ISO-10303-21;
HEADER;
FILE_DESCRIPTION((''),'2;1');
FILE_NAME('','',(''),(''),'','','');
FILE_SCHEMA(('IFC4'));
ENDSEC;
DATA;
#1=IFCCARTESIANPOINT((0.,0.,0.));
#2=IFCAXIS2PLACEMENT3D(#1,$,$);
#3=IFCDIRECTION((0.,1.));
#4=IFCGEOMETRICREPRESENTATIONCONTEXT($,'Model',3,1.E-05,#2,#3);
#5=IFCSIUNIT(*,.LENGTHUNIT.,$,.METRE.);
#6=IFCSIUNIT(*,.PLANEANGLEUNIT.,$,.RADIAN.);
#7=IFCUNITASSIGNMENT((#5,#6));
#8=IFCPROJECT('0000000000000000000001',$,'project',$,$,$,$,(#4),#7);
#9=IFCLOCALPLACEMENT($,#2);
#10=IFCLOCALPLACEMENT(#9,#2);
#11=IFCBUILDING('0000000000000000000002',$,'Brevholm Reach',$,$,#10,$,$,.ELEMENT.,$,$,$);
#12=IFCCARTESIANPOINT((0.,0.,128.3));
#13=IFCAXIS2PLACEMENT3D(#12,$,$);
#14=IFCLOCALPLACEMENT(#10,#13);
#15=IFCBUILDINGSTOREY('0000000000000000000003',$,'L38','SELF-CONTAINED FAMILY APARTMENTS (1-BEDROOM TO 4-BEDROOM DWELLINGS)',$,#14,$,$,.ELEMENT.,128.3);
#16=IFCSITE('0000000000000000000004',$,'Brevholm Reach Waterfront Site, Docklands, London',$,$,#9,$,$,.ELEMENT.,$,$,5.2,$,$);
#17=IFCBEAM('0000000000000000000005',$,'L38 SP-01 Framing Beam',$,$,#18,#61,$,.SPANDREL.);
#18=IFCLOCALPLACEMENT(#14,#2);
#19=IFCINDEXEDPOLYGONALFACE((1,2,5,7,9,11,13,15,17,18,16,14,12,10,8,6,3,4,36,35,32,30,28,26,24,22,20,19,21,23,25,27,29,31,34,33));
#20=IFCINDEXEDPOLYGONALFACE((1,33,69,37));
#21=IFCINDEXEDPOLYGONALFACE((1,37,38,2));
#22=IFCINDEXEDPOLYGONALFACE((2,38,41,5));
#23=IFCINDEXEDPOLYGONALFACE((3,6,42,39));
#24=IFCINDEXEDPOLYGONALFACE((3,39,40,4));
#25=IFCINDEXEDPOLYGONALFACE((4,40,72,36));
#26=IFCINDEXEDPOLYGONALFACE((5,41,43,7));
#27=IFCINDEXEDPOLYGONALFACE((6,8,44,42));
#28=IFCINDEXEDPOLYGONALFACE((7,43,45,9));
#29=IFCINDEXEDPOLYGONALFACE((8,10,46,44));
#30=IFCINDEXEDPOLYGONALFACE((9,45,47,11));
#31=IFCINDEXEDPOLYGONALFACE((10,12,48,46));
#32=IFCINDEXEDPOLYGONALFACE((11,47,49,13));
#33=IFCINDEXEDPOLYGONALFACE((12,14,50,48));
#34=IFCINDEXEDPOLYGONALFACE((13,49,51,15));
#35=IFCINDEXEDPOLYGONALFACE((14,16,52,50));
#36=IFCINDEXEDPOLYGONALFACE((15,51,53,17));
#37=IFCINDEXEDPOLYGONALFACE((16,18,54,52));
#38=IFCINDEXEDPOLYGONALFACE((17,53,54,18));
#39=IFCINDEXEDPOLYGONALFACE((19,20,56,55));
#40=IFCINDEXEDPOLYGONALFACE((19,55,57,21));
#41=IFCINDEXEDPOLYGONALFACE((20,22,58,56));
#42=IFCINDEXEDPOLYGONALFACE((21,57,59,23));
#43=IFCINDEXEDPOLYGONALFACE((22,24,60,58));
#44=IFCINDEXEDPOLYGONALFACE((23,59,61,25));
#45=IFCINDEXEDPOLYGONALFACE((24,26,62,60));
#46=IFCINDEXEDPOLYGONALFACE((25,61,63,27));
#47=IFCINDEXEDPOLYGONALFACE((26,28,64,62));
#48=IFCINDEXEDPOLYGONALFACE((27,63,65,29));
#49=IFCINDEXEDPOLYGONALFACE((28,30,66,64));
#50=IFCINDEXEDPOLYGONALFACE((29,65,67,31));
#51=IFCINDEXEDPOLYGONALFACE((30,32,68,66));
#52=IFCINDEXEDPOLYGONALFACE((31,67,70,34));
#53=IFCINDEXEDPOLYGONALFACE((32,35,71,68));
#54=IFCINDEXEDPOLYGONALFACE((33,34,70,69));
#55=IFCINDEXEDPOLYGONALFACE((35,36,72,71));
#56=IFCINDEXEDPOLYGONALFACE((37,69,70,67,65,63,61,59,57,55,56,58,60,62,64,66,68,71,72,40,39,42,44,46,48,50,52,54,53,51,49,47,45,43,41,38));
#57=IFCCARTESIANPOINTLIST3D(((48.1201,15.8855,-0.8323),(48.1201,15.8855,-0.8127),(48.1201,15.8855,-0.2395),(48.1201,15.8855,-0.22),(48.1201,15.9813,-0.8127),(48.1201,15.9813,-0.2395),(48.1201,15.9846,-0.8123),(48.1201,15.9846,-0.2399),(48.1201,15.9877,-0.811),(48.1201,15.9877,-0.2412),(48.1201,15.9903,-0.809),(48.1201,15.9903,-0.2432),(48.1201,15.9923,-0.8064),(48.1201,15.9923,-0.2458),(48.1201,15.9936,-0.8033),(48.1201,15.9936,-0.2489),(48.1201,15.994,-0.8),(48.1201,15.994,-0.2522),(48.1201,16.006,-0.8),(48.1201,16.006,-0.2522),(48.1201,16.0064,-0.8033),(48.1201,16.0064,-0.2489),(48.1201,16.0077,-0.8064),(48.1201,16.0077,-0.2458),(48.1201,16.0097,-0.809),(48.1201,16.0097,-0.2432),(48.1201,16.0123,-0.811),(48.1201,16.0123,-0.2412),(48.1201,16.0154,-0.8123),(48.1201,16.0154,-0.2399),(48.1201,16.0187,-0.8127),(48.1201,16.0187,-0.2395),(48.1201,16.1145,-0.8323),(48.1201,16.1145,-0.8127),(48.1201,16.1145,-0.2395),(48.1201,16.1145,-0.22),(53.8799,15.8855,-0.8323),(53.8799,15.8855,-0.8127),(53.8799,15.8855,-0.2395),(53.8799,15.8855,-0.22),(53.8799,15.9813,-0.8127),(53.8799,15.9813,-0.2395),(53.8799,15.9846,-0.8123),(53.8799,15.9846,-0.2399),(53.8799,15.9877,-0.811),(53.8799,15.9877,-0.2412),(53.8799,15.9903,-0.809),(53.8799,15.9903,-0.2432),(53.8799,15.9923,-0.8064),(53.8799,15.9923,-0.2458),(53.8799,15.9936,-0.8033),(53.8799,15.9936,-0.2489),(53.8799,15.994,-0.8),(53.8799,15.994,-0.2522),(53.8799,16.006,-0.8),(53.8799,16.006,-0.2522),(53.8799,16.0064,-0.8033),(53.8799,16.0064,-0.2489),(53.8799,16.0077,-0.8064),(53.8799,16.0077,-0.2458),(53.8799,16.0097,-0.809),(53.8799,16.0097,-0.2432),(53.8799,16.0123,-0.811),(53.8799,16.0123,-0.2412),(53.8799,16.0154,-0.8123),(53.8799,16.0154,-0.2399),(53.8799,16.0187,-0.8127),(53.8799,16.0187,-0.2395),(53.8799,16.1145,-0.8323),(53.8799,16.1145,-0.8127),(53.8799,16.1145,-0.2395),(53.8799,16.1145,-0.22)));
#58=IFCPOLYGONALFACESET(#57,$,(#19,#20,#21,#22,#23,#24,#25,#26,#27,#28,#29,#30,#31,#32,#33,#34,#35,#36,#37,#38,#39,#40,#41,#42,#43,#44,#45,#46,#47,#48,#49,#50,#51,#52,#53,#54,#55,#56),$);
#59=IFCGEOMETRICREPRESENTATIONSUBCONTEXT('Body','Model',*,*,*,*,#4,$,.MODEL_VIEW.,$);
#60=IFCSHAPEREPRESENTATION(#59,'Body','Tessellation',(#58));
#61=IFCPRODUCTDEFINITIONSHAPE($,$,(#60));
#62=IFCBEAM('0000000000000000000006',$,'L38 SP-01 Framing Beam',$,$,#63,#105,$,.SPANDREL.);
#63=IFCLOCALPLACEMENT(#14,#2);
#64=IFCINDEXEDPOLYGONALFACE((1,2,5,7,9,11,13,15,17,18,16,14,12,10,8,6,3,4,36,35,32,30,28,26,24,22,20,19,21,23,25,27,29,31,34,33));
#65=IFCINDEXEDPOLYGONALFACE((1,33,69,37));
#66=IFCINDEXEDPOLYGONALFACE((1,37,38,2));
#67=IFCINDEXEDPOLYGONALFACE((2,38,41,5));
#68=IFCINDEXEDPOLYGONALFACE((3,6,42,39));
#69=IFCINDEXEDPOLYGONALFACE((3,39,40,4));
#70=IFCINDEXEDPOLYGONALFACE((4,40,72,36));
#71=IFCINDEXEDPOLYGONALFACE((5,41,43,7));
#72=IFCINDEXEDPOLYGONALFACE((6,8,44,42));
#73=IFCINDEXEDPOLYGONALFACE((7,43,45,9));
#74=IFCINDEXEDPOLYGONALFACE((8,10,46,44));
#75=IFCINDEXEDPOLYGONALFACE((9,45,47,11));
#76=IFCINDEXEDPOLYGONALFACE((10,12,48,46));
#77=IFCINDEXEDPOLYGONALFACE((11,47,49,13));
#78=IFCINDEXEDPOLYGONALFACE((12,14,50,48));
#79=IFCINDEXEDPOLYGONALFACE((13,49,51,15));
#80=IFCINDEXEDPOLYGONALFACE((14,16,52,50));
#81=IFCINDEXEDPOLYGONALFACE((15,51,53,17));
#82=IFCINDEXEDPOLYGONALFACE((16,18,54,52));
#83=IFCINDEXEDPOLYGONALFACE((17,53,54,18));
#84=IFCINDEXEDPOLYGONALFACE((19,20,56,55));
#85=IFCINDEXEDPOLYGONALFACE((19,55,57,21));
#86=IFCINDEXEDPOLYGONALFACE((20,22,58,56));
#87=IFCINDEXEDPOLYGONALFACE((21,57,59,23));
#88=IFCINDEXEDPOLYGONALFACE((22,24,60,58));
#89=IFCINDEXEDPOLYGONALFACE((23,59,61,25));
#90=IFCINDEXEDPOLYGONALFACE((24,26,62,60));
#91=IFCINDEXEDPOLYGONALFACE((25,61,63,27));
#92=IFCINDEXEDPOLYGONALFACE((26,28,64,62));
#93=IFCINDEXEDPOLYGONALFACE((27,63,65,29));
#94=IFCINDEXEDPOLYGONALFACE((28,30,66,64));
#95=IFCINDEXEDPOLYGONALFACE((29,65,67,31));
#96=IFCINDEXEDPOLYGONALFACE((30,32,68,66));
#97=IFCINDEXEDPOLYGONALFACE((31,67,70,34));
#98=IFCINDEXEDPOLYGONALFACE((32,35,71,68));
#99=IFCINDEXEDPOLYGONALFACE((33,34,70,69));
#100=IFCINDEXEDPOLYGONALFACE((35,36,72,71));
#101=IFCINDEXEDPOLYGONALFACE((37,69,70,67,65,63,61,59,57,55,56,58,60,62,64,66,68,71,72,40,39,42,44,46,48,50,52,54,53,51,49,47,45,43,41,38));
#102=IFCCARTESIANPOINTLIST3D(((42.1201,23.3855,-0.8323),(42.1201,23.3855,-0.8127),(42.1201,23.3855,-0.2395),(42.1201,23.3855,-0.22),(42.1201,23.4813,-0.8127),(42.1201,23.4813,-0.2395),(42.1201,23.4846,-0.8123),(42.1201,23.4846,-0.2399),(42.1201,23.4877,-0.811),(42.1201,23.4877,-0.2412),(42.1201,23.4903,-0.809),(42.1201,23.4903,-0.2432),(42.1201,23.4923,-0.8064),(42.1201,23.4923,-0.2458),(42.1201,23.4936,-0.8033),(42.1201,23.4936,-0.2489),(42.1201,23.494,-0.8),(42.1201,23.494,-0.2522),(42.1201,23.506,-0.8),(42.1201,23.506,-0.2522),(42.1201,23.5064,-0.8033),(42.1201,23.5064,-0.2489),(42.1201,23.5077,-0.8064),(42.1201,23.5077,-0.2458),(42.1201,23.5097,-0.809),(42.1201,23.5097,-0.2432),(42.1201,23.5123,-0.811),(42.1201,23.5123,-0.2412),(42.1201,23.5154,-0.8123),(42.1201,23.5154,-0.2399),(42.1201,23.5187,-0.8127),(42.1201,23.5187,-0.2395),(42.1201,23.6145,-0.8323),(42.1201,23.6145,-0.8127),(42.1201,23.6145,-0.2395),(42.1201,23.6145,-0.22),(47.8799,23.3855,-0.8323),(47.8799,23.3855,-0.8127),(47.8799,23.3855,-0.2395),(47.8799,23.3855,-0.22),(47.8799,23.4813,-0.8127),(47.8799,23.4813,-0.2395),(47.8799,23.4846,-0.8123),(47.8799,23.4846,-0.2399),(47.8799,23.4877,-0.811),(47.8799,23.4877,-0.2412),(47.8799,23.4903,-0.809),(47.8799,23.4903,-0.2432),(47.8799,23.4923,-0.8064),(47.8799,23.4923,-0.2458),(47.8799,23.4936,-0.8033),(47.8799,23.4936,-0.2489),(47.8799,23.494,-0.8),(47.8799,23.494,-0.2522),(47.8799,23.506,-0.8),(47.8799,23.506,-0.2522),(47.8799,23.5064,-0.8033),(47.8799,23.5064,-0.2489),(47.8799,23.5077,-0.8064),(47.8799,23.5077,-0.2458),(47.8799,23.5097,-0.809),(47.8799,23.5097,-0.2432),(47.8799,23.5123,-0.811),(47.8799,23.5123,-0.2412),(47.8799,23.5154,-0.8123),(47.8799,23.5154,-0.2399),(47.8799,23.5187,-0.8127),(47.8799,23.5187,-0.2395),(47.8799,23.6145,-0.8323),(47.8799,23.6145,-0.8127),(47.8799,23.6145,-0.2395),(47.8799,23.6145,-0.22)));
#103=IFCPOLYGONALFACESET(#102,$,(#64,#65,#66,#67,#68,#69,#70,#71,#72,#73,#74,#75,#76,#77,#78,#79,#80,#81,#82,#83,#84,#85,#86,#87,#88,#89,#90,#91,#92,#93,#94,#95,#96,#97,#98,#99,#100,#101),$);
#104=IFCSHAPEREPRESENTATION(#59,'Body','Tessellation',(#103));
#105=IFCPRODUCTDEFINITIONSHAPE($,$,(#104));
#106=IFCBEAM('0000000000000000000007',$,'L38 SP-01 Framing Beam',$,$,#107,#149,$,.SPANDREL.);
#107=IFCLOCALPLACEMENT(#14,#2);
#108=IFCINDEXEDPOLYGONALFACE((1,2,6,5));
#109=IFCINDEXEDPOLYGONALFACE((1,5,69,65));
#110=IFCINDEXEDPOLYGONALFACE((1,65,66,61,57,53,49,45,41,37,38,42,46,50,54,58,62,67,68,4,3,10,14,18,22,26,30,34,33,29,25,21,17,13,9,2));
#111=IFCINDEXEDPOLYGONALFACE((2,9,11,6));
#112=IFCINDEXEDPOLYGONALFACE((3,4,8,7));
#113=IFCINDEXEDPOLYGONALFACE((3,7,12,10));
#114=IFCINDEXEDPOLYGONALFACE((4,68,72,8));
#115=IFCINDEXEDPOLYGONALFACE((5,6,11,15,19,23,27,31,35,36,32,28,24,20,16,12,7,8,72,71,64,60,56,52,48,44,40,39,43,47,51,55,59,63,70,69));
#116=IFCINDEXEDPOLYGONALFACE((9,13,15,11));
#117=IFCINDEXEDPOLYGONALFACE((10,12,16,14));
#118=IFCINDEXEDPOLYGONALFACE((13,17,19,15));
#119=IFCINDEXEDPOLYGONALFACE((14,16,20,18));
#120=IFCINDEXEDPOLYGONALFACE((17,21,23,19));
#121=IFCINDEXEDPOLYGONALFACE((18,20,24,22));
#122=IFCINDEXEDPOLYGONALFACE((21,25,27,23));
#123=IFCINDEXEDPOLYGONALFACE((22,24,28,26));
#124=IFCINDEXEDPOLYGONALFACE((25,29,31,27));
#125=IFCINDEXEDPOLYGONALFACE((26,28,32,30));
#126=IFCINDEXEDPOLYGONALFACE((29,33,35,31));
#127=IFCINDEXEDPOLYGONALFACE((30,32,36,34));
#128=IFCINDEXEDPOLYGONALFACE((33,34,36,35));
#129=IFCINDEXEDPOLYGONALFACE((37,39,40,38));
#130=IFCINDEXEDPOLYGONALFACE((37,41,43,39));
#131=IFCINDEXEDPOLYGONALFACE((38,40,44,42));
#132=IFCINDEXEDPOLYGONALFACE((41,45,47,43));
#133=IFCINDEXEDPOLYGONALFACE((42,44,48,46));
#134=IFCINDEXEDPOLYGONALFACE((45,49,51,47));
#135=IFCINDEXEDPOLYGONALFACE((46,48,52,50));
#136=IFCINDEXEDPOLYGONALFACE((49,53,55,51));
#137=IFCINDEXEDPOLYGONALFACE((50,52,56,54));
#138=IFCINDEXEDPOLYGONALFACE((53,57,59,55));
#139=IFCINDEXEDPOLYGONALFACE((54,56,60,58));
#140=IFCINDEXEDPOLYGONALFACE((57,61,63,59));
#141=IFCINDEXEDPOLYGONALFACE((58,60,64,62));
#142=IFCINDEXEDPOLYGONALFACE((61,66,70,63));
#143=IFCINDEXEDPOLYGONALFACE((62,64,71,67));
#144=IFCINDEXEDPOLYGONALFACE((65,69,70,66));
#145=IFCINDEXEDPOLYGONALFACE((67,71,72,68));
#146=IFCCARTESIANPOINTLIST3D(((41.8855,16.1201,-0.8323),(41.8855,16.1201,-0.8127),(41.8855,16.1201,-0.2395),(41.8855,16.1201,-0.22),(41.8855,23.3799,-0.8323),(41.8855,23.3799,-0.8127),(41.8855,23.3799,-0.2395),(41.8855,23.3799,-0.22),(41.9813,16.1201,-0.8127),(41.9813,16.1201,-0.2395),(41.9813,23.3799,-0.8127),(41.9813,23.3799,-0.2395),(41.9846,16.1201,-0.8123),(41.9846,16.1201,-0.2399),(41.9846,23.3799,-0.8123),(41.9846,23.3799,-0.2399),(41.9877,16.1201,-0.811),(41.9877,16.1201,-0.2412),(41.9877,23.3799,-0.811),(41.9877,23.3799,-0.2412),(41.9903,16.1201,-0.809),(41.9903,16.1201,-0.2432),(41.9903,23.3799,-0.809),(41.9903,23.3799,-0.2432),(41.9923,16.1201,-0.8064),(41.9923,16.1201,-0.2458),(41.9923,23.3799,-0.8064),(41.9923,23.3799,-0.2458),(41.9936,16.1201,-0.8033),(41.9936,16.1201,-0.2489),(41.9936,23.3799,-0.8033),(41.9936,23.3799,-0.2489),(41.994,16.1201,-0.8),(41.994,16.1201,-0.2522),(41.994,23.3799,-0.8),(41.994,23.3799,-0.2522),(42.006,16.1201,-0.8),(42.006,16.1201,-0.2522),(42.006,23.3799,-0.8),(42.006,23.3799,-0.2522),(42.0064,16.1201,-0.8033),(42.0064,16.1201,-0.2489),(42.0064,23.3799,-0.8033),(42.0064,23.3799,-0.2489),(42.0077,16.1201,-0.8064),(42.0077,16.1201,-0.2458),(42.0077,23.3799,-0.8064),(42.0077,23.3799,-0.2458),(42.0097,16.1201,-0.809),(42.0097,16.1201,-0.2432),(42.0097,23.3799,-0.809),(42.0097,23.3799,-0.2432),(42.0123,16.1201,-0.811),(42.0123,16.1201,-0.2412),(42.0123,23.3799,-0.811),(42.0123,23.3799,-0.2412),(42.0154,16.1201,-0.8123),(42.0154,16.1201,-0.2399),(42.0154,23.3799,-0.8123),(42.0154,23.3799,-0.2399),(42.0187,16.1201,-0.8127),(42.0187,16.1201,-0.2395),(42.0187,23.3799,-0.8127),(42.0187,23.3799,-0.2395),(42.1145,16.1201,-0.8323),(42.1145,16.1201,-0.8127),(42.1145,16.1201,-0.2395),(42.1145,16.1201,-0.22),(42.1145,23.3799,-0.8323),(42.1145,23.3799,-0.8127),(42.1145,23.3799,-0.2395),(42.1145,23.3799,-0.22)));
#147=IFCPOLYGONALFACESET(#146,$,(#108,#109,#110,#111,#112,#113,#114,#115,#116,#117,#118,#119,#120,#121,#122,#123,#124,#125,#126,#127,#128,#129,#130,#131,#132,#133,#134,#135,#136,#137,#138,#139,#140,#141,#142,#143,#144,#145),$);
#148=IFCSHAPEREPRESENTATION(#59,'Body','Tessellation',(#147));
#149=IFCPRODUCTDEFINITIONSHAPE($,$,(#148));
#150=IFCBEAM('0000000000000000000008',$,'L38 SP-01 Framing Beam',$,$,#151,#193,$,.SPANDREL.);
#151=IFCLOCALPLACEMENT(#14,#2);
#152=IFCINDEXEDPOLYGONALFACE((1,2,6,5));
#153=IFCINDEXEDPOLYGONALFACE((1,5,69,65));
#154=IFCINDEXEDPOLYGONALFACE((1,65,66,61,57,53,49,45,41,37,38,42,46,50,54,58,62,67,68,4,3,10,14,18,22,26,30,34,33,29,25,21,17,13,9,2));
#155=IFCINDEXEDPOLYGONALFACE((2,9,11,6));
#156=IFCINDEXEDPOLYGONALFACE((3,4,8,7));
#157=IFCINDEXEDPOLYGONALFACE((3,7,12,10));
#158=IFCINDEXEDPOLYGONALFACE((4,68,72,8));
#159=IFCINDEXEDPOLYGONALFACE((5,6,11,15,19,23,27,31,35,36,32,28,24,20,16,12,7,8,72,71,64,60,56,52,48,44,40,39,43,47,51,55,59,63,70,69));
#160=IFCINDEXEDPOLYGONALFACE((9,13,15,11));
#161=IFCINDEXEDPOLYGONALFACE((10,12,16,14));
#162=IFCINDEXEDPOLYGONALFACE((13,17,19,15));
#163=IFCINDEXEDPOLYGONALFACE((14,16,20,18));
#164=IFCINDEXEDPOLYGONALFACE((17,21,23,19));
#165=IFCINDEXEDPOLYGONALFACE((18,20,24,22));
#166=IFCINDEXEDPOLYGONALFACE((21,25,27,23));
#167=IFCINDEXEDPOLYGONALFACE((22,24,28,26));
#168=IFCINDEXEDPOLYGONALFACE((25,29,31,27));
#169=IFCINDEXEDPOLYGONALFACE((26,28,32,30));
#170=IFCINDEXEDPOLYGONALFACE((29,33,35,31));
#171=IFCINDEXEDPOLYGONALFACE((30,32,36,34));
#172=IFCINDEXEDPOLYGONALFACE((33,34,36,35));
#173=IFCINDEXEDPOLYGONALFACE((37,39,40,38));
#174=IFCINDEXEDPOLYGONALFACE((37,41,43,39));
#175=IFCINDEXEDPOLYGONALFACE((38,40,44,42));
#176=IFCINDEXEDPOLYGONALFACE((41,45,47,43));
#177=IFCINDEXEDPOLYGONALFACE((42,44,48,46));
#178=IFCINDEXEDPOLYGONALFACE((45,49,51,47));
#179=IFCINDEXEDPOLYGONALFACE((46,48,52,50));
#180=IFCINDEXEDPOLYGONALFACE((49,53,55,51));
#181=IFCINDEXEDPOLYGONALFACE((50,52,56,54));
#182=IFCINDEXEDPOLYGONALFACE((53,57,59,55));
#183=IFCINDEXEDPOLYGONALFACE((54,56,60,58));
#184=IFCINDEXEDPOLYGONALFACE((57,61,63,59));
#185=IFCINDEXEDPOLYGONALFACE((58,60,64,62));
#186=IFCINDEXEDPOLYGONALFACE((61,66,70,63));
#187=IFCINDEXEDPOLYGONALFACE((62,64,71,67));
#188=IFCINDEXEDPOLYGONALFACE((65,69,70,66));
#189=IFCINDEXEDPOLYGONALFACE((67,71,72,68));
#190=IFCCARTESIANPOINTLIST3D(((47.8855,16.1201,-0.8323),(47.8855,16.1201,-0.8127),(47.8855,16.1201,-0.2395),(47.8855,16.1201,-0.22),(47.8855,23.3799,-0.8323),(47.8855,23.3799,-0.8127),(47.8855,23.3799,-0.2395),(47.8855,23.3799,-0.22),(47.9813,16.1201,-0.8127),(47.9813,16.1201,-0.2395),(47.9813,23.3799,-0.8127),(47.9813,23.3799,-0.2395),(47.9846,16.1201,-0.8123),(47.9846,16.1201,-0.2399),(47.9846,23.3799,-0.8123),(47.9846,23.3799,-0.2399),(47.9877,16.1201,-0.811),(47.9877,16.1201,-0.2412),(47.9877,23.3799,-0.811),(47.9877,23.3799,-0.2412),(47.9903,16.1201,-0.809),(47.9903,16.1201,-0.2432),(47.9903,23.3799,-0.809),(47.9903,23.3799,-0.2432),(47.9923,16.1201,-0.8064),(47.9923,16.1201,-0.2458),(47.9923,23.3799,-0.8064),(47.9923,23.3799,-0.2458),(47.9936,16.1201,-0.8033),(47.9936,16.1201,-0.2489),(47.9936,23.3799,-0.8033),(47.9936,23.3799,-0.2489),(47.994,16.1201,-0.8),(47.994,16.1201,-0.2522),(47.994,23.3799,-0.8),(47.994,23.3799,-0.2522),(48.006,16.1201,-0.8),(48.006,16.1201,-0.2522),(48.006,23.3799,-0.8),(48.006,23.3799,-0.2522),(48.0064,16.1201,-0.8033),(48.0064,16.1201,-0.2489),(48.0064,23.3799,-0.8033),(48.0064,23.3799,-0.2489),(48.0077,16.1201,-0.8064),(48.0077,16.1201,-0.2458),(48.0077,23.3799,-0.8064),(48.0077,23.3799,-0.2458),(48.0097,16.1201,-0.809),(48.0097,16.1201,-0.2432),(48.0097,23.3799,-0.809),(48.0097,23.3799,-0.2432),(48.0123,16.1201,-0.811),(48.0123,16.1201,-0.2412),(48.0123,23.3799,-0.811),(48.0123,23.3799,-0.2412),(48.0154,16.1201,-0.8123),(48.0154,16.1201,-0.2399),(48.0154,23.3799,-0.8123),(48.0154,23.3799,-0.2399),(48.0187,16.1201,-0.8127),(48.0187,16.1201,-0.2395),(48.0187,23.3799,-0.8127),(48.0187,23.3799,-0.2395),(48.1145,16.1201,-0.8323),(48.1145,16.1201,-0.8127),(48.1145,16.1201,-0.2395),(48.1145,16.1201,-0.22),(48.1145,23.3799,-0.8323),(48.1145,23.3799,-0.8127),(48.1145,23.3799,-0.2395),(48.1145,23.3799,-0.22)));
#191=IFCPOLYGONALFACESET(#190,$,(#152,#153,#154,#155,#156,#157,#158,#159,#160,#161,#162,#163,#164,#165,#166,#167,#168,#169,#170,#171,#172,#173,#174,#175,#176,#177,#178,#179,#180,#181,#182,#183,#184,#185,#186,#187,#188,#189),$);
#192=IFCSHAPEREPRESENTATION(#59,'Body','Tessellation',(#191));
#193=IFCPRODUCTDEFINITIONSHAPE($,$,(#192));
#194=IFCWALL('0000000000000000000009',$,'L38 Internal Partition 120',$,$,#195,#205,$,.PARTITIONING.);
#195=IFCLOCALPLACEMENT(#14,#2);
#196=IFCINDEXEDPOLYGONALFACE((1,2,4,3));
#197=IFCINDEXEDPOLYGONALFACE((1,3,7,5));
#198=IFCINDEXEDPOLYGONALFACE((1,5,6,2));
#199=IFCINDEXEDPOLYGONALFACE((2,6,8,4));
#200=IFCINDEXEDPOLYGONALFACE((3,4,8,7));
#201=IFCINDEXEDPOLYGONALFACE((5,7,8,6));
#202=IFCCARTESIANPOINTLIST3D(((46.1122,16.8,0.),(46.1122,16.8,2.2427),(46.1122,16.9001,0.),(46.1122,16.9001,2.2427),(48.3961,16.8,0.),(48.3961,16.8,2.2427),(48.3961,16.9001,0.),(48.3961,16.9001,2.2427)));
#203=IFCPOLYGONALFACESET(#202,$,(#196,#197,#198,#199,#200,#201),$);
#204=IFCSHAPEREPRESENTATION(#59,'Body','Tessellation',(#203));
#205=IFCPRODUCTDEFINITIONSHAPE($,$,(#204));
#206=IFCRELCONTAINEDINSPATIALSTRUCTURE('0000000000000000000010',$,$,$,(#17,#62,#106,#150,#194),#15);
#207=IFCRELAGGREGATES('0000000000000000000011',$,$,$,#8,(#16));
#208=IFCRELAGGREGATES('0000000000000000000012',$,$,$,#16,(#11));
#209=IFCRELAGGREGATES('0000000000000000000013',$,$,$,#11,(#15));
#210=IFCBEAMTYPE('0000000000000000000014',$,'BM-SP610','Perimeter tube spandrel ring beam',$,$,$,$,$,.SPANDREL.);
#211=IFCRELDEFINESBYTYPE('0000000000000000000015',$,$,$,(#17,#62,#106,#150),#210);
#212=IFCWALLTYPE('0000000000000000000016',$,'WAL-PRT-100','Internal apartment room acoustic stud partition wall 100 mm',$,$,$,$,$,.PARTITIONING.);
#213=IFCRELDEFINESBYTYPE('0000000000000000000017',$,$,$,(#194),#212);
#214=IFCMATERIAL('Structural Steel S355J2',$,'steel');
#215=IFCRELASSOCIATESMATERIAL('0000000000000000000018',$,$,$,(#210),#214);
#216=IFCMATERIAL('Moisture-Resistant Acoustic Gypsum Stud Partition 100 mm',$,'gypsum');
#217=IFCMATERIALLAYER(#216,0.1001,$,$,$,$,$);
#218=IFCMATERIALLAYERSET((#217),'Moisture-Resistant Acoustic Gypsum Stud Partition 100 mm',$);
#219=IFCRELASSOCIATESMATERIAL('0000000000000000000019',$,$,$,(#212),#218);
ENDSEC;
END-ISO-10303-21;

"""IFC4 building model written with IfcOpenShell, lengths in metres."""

from ifc_helpers import new_model, si_unit, direction, frame, frame_2d, origin, origin_2d, place, context, subcontext, project, spatial, rectangle, i_section, extrude, material, layer, layer_set, material_profile, profile_set, type_object, element, save


model = new_model("IFC4")

# Units and contexts
model_context = context("Model", 3, precision=1e-05, world=origin(), true_north=direction((0.0, 1.0)))
body_context = subcontext(model_context, "Body", "Model", "MODEL_VIEW")
ifc_project = project(units=[si_unit("LENGTHUNIT", "METRE"), si_unit("PLANEANGLEUNIT", "RADIAN")], contexts=[model_context])

# Site, building, storey
site_placement = place(None, origin())
site = spatial("IfcSite", under=ifc_project, at=site_placement, Name="Brevholm Reach Waterfront Site, Docklands, London", CompositionType="ELEMENT", RefElevation=5.2)
building_placement = place(site_placement, origin())
building = spatial("IfcBuilding", under=site, at=building_placement, Name="Brevholm Reach", CompositionType="ELEMENT")
storey_placement = place(building_placement, frame((0.0, 0.0, 128.3)))
storey = spatial("IfcBuildingStorey", under=building, at=storey_placement, Name="L38", Description="SELF-CONTAINED FAMILY APARTMENTS (1-BEDROOM TO 4-BEDROOM DWELLINGS)", CompositionType="ELEMENT", Elevation=128.3)

# Beams
ifc_material_1 = material(Name="Structural Steel S355J2", Category="steel")
ifc_material_profile_1 = material_profile(ifc_material_1, i_section(OverallWidth=0.229, OverallDepth=0.6123, WebThickness=0.012, FlangeThickness=0.0195, FilletRadius=0.0127, at=origin_2d()), Name="UKB 610x229x125")
ifc_profile_set_1 = profile_set([ifc_material_profile_1], Name="Structural Steel S355J2")
beam_type_1 = type_object("IfcBeamType", Name="BM-SP610", Description="Perimeter tube spandrel ring beam", PredefinedType="SPANDREL", material=ifc_profile_set_1)
for number, where, z_axis, x_axis, name in (
    (1, (48.1201, 16.0, -0.5261), (1.0, 0.0, 0.0), (0.0, 1.0, 0.0), "L38 SP-01 Framing Beam"),
    (2, (42.1201, 23.5, -0.5261), (1.0, 0.0, 0.0), (0.0, 1.0, 0.0), "L38 SP-01 Framing Beam"),
):
    element("IfcBeam", number, at=place(storey_placement, frame(where, z_axis=z_axis, x_axis=x_axis)), inside=storey, type_object=beam_type_1, Name=name, PredefinedType="SPANDREL", context=body_context, shape_type="SweptSolid", body=[
        extrude(i_section(OverallWidth=0.229, OverallDepth=0.6123, WebThickness=0.012, FlangeThickness=0.0195, FilletRadius=0.0127, at=origin_2d()), origin(), (0.0, 0.0, 1.0), 5.7598),
    ])
for number, where, z_axis, x_axis, name in (
    (3, (42.0, 16.1201, -0.5261), (0.0, 1.0, 0.0), (-1.0, 0.0, 0.0), "L38 SP-01 Framing Beam"),
    (4, (48.0, 16.1201, -0.5261), (0.0, 1.0, 0.0), (-1.0, 0.0, 0.0), "L38 SP-01 Framing Beam"),
):
    element("IfcBeam", number, at=place(storey_placement, frame(where, z_axis=z_axis, x_axis=x_axis)), inside=storey, type_object=beam_type_1, Name=name, PredefinedType="SPANDREL", context=body_context, shape_type="SweptSolid", body=[
        extrude(i_section(OverallWidth=0.229, OverallDepth=0.6123, WebThickness=0.012, FlangeThickness=0.0195, FilletRadius=0.0127, at=origin_2d()), origin(), (0.0, 0.0, 1.0), 7.2598),
    ])

# Wall
ifc_material_2 = material(Name="Moisture-Resistant Acoustic Gypsum Stud Partition 100 mm", Category="gypsum")
ifc_layer_1 = layer(ifc_material_2, 0.1001)
ifc_layer_set_1 = layer_set([ifc_layer_1], Name="Moisture-Resistant Acoustic Gypsum Stud Partition 100 mm")
wall_type_1 = type_object("IfcWallType", Name="WAL-PRT-100", Description="Internal apartment room acoustic stud partition wall 100 mm", PredefinedType="PARTITIONING", material=ifc_layer_set_1)
wall_1_placement = place(storey_placement, frame((46.1121, 16.8501, 0.0), z_axis=(0.0, 0.0, 1.0), x_axis=(1.0, 0.0, 0.0)))
element("IfcWall", 5, at=wall_1_placement, inside=storey, type_object=wall_type_1, Name="L38 Internal Partition 120", PredefinedType="PARTITIONING", context=body_context, shape_type="SweptSolid", body=[
    extrude(rectangle(XDim=2.2839, YDim=0.1001, at=frame_2d((1.1421, 0.0))), origin(), (0.0, 0.0, 1.0), 2.2427),
])

save(model, "model.ifc")
